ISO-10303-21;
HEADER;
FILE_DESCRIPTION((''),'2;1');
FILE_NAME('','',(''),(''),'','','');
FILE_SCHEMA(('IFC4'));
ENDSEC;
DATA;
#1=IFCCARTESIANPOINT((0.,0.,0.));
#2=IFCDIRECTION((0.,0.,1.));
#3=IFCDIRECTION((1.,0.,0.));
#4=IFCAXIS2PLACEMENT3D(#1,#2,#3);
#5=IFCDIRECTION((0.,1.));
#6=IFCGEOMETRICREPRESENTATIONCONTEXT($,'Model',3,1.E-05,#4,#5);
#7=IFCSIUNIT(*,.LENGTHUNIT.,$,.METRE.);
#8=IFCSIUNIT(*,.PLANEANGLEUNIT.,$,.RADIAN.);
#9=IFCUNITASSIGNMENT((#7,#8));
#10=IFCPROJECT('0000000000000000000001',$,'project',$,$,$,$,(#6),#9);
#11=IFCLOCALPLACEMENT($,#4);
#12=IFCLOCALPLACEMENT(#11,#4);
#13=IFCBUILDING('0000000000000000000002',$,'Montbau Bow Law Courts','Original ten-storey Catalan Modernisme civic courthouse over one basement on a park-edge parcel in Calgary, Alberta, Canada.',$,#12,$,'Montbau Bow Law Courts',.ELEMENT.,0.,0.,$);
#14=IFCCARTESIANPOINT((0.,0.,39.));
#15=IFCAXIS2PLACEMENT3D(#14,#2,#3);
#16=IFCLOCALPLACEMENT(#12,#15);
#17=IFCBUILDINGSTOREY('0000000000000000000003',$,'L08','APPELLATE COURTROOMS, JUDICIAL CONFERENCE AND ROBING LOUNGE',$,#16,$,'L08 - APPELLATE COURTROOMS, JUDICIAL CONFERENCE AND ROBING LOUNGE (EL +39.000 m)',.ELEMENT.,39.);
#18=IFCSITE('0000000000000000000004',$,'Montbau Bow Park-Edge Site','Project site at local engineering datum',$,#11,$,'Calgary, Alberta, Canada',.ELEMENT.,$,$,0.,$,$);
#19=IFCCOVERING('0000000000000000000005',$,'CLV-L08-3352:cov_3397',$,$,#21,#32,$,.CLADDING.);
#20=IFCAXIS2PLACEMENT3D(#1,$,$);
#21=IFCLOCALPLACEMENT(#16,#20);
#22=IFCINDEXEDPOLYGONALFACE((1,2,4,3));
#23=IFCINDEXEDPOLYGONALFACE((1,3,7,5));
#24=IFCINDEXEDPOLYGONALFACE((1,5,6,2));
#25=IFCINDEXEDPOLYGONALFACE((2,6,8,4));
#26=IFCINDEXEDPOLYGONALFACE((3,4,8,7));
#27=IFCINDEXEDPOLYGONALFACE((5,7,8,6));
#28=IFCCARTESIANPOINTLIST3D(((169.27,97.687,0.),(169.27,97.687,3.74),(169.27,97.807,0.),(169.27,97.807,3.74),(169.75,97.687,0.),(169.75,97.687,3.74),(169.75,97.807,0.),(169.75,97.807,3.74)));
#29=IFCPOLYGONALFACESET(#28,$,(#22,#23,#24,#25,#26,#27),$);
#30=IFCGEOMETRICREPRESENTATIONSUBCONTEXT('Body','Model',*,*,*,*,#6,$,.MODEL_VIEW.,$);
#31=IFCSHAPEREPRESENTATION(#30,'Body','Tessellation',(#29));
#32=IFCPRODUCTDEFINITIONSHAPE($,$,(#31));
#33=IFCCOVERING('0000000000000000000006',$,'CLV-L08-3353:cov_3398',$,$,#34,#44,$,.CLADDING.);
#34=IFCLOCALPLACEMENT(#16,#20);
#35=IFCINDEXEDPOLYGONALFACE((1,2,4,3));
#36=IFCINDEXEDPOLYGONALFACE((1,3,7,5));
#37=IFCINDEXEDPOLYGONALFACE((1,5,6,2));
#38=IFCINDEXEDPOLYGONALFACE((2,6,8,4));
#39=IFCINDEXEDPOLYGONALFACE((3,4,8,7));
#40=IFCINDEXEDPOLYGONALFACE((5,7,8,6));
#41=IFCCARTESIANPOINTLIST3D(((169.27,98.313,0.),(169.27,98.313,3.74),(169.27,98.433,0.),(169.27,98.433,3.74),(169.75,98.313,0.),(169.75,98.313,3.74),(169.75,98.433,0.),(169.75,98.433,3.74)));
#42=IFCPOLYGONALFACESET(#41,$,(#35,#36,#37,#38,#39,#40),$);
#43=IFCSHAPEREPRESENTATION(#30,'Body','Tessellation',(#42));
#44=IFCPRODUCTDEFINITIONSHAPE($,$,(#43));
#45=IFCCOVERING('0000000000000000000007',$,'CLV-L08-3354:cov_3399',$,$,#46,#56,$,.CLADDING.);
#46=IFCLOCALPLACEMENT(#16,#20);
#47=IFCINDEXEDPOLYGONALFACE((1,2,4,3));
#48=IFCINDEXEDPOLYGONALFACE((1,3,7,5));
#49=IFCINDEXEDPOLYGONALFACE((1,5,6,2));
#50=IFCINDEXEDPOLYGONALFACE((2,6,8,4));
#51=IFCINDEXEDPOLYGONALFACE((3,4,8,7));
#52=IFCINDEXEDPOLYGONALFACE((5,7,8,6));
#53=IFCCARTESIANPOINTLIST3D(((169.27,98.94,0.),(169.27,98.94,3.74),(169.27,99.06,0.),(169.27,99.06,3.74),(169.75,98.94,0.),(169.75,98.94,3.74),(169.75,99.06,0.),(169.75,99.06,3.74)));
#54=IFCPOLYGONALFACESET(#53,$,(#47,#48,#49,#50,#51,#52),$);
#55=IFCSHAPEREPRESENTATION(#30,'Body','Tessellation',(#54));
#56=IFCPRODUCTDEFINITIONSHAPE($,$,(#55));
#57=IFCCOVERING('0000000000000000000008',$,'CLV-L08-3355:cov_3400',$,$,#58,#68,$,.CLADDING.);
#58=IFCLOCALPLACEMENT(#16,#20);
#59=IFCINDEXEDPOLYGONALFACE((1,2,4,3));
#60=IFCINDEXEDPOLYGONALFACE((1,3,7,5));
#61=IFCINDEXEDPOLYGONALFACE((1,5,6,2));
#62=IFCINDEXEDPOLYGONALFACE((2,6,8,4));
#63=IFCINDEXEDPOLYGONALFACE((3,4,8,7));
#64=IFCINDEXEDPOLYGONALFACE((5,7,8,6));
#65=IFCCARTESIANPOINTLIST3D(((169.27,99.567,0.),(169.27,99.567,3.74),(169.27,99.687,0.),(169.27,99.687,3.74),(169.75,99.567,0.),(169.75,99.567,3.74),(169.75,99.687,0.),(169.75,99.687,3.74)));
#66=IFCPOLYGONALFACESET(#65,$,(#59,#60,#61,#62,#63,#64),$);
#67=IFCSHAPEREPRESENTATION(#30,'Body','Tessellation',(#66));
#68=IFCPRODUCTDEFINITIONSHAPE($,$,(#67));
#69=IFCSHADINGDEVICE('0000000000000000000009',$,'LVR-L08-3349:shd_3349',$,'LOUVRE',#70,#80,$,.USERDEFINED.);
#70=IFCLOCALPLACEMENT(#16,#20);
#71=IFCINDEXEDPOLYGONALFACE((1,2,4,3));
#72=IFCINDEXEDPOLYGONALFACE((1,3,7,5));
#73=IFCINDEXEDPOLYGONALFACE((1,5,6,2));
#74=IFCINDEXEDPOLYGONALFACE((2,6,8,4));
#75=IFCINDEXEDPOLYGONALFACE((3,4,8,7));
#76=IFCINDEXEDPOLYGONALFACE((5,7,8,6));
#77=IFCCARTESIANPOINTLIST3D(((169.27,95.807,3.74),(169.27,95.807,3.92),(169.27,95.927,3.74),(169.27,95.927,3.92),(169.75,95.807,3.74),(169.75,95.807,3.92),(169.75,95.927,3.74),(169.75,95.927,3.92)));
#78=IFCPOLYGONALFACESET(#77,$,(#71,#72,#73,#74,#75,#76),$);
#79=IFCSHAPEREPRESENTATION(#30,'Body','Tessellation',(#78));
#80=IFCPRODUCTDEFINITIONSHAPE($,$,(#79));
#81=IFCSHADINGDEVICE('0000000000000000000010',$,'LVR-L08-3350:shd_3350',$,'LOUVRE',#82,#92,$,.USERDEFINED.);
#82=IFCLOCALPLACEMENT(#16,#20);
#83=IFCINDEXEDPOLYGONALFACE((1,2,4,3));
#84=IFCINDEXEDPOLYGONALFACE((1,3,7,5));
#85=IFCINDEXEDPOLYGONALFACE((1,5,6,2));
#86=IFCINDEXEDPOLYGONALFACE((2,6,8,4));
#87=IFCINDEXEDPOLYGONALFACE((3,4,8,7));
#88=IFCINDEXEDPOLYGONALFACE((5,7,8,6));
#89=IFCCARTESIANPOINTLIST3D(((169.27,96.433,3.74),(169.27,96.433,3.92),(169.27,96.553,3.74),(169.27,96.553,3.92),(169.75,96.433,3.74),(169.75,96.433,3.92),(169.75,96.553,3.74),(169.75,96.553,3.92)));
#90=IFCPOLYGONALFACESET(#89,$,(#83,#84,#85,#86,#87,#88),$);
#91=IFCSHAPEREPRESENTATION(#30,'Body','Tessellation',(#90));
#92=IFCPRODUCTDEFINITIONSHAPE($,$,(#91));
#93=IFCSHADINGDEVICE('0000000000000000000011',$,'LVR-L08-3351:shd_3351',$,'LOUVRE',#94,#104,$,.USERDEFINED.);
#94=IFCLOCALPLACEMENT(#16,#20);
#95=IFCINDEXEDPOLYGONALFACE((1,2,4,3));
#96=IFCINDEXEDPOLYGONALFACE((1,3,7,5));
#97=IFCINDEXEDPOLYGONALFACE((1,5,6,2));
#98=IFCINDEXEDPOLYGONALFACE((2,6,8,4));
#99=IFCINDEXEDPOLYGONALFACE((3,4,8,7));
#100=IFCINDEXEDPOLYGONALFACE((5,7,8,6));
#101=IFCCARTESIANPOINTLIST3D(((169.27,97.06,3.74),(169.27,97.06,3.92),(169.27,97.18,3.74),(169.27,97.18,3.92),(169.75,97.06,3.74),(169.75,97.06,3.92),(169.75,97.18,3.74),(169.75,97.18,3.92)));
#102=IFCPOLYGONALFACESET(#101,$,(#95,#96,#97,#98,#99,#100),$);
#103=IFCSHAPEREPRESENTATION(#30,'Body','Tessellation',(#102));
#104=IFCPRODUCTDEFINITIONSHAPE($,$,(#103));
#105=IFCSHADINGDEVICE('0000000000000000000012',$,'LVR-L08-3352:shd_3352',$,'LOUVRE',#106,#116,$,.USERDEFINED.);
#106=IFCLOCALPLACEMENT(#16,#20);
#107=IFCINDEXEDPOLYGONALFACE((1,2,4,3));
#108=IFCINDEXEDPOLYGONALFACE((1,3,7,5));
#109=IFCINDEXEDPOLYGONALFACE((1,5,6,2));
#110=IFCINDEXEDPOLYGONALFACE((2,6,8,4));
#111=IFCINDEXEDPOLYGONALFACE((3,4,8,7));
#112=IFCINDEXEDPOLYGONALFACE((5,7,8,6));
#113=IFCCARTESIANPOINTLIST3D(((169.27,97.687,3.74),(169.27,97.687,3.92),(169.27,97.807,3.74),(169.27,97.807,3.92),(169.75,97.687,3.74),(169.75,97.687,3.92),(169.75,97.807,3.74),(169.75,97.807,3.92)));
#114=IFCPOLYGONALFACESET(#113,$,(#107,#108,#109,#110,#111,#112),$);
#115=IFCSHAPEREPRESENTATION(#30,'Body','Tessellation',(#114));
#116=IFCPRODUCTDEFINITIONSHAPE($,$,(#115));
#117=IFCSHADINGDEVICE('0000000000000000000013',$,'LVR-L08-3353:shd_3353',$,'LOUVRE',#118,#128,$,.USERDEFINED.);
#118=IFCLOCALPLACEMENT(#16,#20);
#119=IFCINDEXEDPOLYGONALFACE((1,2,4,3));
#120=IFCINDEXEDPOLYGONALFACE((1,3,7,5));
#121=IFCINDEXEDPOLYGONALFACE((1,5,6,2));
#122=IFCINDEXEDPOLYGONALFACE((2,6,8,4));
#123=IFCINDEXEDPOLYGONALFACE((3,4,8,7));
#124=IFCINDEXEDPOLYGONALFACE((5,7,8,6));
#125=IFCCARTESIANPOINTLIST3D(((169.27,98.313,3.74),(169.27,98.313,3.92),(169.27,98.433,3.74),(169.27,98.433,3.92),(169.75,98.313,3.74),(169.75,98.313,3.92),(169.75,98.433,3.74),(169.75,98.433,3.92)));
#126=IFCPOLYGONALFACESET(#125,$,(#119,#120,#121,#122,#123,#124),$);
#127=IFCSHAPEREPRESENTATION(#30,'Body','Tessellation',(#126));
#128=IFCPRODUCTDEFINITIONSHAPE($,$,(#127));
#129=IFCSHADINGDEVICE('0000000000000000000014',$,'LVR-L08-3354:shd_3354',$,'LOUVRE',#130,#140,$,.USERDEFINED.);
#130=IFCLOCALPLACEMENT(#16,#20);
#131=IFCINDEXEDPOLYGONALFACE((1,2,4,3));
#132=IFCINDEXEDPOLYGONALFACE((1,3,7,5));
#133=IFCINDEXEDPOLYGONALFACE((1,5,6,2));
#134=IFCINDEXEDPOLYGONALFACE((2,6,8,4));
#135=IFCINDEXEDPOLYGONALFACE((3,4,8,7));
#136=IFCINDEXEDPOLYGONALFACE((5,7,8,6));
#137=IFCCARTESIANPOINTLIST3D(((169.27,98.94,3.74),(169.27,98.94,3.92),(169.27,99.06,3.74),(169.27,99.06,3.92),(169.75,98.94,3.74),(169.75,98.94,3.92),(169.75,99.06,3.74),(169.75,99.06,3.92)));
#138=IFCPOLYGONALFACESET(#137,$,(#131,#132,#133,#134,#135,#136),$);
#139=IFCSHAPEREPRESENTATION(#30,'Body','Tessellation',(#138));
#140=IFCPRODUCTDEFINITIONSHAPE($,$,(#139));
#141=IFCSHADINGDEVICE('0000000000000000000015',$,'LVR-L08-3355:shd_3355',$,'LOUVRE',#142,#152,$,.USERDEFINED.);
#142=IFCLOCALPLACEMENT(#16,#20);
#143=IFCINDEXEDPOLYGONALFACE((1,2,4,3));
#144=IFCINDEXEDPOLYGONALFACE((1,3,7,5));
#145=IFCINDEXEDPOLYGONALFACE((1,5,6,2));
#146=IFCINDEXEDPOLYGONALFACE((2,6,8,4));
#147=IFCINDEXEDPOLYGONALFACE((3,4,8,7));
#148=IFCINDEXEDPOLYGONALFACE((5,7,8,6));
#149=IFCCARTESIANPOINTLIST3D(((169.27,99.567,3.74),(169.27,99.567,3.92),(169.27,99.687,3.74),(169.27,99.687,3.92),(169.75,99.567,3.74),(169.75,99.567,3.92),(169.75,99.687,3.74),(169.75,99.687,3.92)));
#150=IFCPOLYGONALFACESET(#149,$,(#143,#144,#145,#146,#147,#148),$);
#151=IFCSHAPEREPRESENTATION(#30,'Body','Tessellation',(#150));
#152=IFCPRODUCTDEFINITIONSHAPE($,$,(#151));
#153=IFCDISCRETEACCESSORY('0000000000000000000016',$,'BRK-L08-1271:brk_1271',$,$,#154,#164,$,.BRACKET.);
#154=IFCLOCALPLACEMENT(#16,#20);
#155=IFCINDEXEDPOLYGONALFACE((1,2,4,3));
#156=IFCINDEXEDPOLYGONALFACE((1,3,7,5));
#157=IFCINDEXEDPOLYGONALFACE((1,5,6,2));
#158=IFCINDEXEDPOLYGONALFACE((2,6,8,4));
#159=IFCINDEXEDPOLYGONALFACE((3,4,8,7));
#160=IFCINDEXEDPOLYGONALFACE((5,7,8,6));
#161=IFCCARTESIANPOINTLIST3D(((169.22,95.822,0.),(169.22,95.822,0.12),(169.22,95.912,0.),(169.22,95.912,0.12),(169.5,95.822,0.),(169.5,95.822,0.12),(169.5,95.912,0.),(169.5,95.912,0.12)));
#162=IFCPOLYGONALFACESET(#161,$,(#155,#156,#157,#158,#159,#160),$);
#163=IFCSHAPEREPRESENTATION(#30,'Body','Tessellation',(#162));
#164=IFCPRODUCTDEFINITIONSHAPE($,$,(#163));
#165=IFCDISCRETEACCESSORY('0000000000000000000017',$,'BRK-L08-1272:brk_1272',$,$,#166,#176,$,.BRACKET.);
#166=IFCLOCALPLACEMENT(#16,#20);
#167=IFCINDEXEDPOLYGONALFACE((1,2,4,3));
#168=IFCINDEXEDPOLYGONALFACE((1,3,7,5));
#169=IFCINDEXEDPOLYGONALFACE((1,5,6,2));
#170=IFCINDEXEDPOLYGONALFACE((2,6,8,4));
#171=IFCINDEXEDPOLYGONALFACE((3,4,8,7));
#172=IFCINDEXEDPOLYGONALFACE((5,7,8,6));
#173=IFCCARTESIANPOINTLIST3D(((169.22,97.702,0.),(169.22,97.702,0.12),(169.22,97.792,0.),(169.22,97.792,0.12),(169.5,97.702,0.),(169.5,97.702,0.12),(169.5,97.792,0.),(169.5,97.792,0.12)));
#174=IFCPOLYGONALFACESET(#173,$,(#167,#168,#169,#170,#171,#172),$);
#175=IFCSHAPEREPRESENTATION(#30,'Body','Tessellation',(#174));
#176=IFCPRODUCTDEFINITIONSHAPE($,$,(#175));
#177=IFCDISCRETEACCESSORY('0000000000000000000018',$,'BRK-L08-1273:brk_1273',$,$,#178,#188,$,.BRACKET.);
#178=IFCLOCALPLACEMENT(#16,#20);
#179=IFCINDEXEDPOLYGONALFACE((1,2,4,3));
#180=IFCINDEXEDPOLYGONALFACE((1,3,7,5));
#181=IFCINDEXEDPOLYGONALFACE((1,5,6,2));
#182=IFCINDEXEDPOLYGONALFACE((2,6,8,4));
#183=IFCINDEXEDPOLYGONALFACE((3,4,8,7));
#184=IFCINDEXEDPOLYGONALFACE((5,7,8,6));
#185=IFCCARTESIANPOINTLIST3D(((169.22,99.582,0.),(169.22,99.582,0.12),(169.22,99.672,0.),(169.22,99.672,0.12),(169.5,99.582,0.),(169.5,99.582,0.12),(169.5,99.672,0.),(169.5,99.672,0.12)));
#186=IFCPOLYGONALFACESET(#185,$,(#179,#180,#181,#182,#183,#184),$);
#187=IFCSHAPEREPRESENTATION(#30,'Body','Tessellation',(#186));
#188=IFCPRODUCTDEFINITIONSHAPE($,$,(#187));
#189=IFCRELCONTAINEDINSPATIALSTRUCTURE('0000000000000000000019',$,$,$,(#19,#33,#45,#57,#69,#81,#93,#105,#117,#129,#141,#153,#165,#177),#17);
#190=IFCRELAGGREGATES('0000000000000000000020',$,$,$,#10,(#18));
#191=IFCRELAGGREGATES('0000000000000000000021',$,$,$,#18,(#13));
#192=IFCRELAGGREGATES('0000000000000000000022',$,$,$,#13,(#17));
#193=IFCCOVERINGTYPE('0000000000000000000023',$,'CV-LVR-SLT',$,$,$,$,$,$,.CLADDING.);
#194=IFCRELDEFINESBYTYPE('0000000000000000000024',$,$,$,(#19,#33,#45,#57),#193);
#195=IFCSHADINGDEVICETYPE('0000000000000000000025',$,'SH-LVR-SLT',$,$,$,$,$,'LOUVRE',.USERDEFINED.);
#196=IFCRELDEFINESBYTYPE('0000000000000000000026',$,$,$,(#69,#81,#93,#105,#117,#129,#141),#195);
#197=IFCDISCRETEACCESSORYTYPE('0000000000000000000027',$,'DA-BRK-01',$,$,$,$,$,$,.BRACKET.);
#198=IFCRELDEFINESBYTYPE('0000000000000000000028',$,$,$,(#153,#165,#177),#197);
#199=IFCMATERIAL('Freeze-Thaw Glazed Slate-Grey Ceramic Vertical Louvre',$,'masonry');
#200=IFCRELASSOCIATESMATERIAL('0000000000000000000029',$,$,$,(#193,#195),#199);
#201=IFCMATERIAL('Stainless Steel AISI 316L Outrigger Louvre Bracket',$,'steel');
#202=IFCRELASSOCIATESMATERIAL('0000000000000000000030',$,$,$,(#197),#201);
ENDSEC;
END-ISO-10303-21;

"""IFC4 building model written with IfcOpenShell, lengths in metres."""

from ifc_helpers import new_model, si_unit, direction, frame, frame_2d, origin_with_axes, origin_2d_with_axis, place, context, subcontext, project, spatial, rectangle, extrude, material, type_object, element, save


model = new_model("IFC4")

# Units and contexts
model_context = context("Model", 3, precision=1e-05, world=origin_with_axes(), true_north=direction((0.0, 1.0)))
body_context = subcontext(model_context, "Body", "Model", "MODEL_VIEW")
ifc_project = project(units=[si_unit("LENGTHUNIT", "METRE"), si_unit("PLANEANGLEUNIT", "RADIAN")], contexts=[model_context])

# Site, building, storey
site_placement = place(None, origin_with_axes())
site = spatial("IfcSite", under=ifc_project, at=site_placement, Name="Montbau Bow Park-Edge Site", Description="Project site at local engineering datum", LongName="Calgary, Alberta, Canada", CompositionType="ELEMENT", RefElevation=0.0)
building_placement = place(site_placement, origin_with_axes())
building = spatial("IfcBuilding", under=site, at=building_placement, Name="Montbau Bow Law Courts", Description="Original ten-storey Catalan Modernisme civic courthouse over one basement on a park-edge parcel in Calgary, Alberta, Canada.", LongName="Montbau Bow Law Courts", CompositionType="ELEMENT", ElevationOfRefHeight=0.0, ElevationOfTerrain=0.0)
storey_placement = place(building_placement, frame((0.0, 0.0, 39.0), z_axis=(0.0, 0.0, 1.0), x_axis=(1.0, 0.0, 0.0)))
storey = spatial("IfcBuildingStorey", under=building, at=storey_placement, Name="L08", Description="APPELLATE COURTROOMS, JUDICIAL CONFERENCE AND ROBING LOUNGE", LongName="L08 - APPELLATE COURTROOMS, JUDICIAL CONFERENCE AND ROBING LOUNGE (EL +39.000 m)", CompositionType="ELEMENT", Elevation=39.0)

# Coverings
ifc_material_1 = material(Name="Freeze-Thaw Glazed Slate-Grey Ceramic Vertical Louvre", Category="masonry")
covering_type = type_object("IfcCoveringType", Name="CV-LVR-SLT", PredefinedType="CLADDING", material=ifc_material_1)
for number, where, z_axis, x_axis, name in (
    (1, (169.27, 97.747, 39.0), (0.0, -1.0, 0.0), (1.0, 0.0, 0.0), "CLV-L08-3352:cov_3397"),
    (2, (169.27, 98.373, 39.0), (0.0, -1.0, 0.0), (1.0, 0.0, 0.0), "CLV-L08-3353:cov_3398"),
    (3, (169.27, 99.0, 39.0), (0.0, -1.0, 0.0), (1.0, 0.0, 0.0), "CLV-L08-3354:cov_3399"),
    (4, (169.27, 99.627, 39.0), (0.0, -1.0, 0.0), (1.0, 0.0, 0.0), "CLV-L08-3355:cov_3400"),
):
    element("IfcCovering", number, at=place(None, frame(where, z_axis=z_axis, x_axis=x_axis)), inside=storey, type_object=covering_type, Name=name, PredefinedType="CLADDING", context=body_context, shape_type="SweptSolid", body=[
        extrude(rectangle(XDim=0.48, YDim=3.74, at=frame_2d((0.24, 1.87), x_axis=(1.0, 0.0))), frame((0.0, 0.0, -0.06), z_axis=(0.0, 0.0, 1.0), x_axis=(1.0, 0.0, 0.0)), (0.0, 0.0, 1.0), 0.12),
    ])

# Shading devices
shading_device_type = type_object("IfcShadingDeviceType", Name="SH-LVR-SLT", ElementType="LOUVRE", PredefinedType="USERDEFINED", material=ifc_material_1)
for number, where, z_axis, x_axis, name in (
    (5, (169.51, 95.867, 42.74), (0.0, 0.0, 1.0), (1.0, 0.0, 0.0), "LVR-L08-3349:shd_3349"),
    (6, (169.51, 96.493, 42.74), (0.0, 0.0, 1.0), (1.0, 0.0, 0.0), "LVR-L08-3350:shd_3350"),
    (7, (169.51, 97.12, 42.74), (0.0, 0.0, 1.0), (1.0, 0.0, 0.0), "LVR-L08-3351:shd_3351"),
    (8, (169.51, 97.747, 42.74), (0.0, 0.0, 1.0), (1.0, 0.0, 0.0), "LVR-L08-3352:shd_3352"),
    (9, (169.51, 98.373, 42.74), (0.0, 0.0, 1.0), (1.0, 0.0, 0.0), "LVR-L08-3353:shd_3353"),
    (10, (169.51, 99.0, 42.74), (0.0, 0.0, 1.0), (1.0, 0.0, 0.0), "LVR-L08-3354:shd_3354"),
    (11, (169.51, 99.627, 42.74), (0.0, 0.0, 1.0), (1.0, 0.0, 0.0), "LVR-L08-3355:shd_3355"),
):
    element("IfcShadingDevice", number, at=place(None, frame(where, z_axis=z_axis, x_axis=x_axis)), inside=storey, type_object=shading_device_type, Name=name, ObjectType="LOUVRE", PredefinedType="USERDEFINED", context=body_context, shape_type="SweptSolid", body=[
        extrude(rectangle(XDim=0.48, YDim=0.12, at=origin_2d_with_axis()), origin_with_axes(), (0.0, 0.0, 1.0), 0.18),
    ])

# Discrete accessories
ifc_material_2 = material(Name="Stainless Steel AISI 316L Outrigger Louvre Bracket", Category="steel")
discrete_accessory_type = type_object("IfcDiscreteAccessoryType", Name="DA-BRK-01", PredefinedType="BRACKET", material=ifc_material_2)
for number, where, z_axis, x_axis, name in (
    (12, (169.36, 95.867, 39.0), (0.0, 0.0, 1.0), (1.0, 0.0, 0.0), "BRK-L08-1271:brk_1271"),
    (13, (169.36, 97.747, 39.0), (0.0, 0.0, 1.0), (1.0, 0.0, 0.0), "BRK-L08-1272:brk_1272"),
    (14, (169.36, 99.627, 39.0), (0.0, 0.0, 1.0), (1.0, 0.0, 0.0), "BRK-L08-1273:brk_1273"),
):
    element("IfcDiscreteAccessory", number, at=place(None, frame(where, z_axis=z_axis, x_axis=x_axis)), inside=storey, type_object=discrete_accessory_type, Name=name, PredefinedType="BRACKET", context=body_context, shape_type="SweptSolid", body=[
        extrude(rectangle(XDim=0.28, YDim=0.09, at=origin_2d_with_axis()), origin_with_axes(), (0.0, 0.0, 1.0), 0.12),
    ])

save(model, "model.ifc")
